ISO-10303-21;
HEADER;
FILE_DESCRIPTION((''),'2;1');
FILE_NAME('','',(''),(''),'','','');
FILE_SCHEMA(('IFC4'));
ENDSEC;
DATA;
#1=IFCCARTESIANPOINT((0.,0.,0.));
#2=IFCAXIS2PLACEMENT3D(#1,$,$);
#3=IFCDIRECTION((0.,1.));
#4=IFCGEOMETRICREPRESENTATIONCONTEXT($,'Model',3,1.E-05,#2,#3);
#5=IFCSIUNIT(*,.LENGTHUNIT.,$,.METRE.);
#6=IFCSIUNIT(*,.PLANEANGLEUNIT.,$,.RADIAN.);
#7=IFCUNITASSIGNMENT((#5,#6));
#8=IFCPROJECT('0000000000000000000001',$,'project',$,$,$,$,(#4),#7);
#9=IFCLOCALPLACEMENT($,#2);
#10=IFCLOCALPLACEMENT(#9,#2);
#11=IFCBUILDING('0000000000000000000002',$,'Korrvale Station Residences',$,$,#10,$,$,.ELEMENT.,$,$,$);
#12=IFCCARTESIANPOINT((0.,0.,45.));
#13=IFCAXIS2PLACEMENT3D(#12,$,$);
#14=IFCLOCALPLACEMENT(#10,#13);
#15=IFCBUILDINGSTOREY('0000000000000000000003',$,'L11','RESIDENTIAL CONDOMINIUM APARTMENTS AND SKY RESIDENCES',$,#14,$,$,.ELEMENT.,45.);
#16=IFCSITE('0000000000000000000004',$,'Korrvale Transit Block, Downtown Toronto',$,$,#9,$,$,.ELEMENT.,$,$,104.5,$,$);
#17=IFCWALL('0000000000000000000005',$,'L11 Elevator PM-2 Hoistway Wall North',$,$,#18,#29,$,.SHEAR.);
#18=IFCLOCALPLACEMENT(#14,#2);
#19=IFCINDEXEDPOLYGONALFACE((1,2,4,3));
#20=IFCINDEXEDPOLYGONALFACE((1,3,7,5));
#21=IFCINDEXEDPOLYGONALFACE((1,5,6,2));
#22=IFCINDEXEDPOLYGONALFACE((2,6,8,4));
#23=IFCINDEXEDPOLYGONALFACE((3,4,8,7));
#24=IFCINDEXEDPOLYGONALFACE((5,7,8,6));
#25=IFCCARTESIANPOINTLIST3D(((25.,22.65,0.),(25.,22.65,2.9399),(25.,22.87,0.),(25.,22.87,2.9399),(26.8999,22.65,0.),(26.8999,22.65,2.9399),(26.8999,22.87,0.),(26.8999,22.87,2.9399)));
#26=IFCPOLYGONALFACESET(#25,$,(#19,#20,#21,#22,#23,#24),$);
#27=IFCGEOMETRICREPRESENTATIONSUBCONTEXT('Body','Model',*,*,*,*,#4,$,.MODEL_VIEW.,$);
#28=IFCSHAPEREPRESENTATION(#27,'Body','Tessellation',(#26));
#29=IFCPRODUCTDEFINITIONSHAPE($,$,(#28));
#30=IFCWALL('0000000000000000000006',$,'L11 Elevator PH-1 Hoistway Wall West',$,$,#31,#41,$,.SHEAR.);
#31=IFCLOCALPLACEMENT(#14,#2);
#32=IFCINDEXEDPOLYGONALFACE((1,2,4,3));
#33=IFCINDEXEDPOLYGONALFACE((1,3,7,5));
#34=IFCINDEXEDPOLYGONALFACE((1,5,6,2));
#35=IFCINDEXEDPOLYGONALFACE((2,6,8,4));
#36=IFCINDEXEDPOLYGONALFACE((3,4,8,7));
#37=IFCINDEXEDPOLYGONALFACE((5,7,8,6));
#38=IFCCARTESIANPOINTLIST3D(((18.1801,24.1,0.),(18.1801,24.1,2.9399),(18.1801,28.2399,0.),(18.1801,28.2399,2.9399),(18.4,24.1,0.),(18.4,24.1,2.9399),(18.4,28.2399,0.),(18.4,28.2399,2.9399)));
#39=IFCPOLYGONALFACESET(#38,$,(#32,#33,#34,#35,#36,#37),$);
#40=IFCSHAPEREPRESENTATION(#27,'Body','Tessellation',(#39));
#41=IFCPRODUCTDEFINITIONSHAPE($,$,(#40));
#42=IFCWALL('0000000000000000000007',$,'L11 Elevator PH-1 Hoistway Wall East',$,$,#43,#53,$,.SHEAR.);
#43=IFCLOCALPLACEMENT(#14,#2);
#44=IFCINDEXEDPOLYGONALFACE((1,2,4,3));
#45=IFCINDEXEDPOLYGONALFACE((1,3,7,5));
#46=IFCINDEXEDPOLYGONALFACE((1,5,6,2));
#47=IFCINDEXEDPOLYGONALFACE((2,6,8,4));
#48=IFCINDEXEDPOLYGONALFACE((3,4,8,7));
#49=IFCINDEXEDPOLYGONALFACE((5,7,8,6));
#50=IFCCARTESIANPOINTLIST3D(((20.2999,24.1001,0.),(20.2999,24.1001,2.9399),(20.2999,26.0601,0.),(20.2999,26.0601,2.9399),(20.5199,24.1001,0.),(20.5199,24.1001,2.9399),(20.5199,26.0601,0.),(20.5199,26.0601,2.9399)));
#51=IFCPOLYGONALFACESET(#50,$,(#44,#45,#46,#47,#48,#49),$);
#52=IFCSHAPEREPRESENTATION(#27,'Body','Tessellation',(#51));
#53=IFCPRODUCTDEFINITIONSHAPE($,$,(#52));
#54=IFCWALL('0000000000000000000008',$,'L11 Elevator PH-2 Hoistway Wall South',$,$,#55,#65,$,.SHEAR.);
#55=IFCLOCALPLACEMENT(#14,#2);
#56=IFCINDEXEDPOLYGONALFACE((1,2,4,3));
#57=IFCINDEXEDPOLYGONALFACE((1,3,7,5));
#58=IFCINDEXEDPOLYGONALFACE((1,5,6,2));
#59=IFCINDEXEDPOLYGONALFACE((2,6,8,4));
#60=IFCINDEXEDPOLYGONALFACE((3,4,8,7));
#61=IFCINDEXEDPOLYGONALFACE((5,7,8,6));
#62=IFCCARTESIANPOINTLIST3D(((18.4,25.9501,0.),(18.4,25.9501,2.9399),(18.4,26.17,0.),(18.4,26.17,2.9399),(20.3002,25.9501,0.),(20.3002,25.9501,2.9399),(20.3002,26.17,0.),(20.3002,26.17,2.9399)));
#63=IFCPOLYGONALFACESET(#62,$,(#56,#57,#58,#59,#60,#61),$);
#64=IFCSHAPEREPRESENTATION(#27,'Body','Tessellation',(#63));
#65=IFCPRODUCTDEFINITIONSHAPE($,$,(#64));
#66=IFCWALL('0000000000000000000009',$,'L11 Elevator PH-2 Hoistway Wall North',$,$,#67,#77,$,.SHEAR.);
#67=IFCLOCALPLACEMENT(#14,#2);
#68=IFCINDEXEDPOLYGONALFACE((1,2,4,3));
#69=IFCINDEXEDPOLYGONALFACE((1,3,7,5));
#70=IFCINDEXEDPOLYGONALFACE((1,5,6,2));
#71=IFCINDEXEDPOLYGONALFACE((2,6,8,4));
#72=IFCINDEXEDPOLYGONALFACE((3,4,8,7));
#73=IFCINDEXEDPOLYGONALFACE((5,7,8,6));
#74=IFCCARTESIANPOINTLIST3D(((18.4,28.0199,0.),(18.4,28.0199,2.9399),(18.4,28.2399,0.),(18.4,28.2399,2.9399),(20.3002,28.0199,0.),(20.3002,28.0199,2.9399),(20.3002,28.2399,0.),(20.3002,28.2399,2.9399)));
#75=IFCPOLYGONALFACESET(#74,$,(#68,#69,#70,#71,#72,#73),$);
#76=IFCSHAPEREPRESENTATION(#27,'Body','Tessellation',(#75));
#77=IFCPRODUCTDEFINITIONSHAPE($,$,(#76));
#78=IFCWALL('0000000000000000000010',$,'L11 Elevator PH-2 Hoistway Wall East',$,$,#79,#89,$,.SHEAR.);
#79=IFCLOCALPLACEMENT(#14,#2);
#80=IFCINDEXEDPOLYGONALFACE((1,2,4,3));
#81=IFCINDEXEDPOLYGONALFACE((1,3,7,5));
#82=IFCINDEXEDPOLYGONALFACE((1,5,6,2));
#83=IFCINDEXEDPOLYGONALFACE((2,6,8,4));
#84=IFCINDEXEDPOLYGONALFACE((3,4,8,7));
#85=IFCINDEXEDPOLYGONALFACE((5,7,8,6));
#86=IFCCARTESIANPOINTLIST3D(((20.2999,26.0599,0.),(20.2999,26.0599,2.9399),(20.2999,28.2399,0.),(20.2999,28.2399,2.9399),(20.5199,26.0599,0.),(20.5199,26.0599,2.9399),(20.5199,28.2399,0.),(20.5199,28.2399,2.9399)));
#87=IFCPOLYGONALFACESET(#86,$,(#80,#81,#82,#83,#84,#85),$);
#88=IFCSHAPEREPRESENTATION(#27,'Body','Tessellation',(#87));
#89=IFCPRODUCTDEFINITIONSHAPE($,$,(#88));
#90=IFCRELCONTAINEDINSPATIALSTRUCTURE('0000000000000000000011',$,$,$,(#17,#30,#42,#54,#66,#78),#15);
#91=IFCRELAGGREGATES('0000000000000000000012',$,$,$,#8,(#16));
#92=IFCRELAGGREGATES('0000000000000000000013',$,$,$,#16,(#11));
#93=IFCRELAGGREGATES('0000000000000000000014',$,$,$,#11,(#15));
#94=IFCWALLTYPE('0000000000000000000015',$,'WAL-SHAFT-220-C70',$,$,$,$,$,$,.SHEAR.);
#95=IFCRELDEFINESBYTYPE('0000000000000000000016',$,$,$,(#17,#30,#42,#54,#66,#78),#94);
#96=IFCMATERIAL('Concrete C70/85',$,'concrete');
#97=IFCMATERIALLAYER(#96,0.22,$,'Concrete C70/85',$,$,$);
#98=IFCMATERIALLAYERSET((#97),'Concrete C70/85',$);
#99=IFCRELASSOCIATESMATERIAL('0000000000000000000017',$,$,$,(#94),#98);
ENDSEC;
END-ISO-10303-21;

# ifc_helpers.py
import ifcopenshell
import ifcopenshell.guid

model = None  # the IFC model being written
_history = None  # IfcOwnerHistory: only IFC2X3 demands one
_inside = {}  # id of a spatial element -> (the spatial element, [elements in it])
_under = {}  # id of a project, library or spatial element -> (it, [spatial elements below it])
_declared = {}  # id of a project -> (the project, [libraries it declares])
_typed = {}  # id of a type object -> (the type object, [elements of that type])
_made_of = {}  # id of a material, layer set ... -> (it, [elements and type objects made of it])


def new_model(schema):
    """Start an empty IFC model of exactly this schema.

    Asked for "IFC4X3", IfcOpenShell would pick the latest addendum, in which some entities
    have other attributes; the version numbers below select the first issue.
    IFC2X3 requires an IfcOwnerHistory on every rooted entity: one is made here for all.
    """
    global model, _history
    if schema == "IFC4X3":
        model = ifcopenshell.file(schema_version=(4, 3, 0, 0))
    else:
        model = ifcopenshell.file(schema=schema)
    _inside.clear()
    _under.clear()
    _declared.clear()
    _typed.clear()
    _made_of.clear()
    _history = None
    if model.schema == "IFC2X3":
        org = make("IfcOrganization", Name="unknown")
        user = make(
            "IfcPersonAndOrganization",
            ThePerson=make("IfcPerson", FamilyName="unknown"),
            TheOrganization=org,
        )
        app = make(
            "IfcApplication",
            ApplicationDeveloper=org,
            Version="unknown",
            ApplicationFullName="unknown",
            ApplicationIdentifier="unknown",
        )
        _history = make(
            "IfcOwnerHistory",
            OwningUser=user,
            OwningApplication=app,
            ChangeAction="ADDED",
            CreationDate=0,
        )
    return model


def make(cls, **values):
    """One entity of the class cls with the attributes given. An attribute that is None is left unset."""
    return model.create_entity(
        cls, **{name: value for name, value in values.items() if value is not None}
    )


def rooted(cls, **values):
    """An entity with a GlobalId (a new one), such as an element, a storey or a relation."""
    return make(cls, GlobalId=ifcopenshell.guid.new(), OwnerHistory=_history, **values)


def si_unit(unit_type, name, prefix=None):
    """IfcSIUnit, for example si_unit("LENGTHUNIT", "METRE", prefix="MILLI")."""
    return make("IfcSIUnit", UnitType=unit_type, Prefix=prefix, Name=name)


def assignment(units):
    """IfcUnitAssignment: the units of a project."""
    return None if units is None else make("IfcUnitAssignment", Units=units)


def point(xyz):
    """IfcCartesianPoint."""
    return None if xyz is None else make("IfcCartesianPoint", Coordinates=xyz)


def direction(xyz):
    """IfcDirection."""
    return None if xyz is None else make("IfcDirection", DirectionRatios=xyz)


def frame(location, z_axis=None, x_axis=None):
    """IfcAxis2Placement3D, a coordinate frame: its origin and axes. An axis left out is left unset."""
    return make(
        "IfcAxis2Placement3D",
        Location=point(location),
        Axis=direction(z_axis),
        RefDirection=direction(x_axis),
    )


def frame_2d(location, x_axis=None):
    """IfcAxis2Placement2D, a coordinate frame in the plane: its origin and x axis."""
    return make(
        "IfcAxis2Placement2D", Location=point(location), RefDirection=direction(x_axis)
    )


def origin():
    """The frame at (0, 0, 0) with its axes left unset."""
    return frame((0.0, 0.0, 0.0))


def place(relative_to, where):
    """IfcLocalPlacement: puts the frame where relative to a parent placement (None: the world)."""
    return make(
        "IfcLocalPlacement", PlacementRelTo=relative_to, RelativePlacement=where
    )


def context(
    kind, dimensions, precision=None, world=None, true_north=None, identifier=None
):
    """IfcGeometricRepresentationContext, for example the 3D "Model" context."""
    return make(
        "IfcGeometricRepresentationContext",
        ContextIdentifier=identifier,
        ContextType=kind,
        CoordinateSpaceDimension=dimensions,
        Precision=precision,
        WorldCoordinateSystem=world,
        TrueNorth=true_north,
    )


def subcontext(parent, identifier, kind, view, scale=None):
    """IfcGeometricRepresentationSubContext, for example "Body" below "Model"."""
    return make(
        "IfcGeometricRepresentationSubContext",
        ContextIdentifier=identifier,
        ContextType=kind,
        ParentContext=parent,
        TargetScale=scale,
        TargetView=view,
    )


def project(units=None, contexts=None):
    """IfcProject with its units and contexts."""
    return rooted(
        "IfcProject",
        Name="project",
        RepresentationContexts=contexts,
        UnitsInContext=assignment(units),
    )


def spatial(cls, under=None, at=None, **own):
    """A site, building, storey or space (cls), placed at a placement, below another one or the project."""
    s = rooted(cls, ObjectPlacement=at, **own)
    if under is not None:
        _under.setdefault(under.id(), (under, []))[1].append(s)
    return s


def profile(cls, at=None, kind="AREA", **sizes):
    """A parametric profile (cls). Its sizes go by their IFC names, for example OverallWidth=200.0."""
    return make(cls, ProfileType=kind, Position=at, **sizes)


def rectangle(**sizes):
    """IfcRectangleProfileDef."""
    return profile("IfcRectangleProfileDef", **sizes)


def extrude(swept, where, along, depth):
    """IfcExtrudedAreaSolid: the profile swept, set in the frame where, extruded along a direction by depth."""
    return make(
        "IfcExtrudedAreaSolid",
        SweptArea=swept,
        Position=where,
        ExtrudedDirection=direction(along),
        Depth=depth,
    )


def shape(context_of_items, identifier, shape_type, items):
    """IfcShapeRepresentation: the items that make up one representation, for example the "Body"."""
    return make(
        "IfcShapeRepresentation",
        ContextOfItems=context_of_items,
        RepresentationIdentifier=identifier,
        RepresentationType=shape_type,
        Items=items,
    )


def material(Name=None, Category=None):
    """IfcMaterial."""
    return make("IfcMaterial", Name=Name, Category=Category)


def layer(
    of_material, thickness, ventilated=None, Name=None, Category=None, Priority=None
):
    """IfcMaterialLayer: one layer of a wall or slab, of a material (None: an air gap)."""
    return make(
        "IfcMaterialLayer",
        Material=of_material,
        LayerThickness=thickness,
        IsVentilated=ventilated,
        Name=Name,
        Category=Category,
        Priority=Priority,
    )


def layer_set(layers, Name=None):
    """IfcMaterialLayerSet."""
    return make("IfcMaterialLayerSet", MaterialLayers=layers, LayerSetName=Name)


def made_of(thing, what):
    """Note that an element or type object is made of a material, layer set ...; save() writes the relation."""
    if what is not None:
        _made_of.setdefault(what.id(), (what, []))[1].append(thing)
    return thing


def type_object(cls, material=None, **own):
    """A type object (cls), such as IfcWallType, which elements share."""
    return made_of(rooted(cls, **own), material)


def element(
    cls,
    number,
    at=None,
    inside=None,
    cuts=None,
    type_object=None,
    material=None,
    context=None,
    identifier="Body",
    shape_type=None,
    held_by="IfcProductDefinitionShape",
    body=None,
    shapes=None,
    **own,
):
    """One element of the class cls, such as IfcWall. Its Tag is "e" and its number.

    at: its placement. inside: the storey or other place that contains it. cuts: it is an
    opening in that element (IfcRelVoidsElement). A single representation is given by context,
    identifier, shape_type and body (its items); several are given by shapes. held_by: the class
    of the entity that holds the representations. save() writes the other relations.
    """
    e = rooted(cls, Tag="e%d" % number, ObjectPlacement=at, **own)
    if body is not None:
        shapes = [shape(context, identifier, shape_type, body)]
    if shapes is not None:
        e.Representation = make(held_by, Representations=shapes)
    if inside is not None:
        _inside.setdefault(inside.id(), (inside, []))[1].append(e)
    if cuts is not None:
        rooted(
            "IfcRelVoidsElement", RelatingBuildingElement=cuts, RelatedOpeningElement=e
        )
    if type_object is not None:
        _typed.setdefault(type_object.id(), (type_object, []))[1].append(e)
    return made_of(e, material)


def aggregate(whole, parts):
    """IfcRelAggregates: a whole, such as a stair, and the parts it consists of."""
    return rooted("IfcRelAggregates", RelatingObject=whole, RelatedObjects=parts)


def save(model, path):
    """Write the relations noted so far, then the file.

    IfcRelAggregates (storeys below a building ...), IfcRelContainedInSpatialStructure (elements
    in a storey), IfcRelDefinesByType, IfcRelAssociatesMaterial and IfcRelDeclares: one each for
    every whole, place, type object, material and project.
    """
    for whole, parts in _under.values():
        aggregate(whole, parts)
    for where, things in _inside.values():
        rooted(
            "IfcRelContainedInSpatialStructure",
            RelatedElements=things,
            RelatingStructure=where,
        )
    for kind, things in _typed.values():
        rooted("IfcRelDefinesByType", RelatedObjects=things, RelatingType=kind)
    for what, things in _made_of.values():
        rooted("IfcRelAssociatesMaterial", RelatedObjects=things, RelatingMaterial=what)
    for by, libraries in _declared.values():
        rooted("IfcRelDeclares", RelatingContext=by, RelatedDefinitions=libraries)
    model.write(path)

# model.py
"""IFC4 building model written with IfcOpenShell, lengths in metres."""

from ifc_helpers import new_model, si_unit, direction, frame, frame_2d, origin, place, context, subcontext, project, spatial, rectangle, extrude, material, layer, layer_set, type_object, element, save


model = new_model("IFC4")

# Units and contexts
model_context = context("Model", 3, precision=1e-05, world=origin(), true_north=direction((0.0, 1.0)))
body_context = subcontext(model_context, "Body", "Model", "MODEL_VIEW")
ifc_project = project(units=[si_unit("LENGTHUNIT", "METRE"), si_unit("PLANEANGLEUNIT", "RADIAN")], contexts=[model_context])

# Site, building, storey
site_placement = place(None, origin())
site = spatial("IfcSite", under=ifc_project, at=site_placement, Name="Korrvale Transit Block, Downtown Toronto", CompositionType="ELEMENT", RefElevation=104.5)
building_placement = place(site_placement, origin())
building = spatial("IfcBuilding", under=site, at=building_placement, Name="Korrvale Station Residences", CompositionType="ELEMENT")
storey_placement = place(building_placement, frame((0.0, 0.0, 45.0)))
storey = spatial("IfcBuildingStorey", under=building, at=storey_placement, Name="L11", Description="RESIDENTIAL CONDOMINIUM APARTMENTS AND SKY RESIDENCES", CompositionType="ELEMENT", Elevation=45.0)

# Shared definitions
ifc_material_1 = material(Name="Concrete C70/85", Category="concrete")

# Shared definitions
ifc_layer_1 = layer(ifc_material_1, 0.22, Name="Concrete C70/85")
ifc_layer_set_1 = layer_set([ifc_layer_1], Name="Concrete C70/85")
wall_type_1 = type_object("IfcWallType", Name="WAL-SHAFT-220-C70", PredefinedType="SHEAR", material=ifc_layer_set_1)

# Walls
for number, where, z_axis, x_axis, name in (
    (1, (25.0, 22.76, 0.0), (0.0, 0.0, 1.0), (1.0, 0.0, 0.0), "L11 Elevator PM-2 Hoistway Wall North"),
):
    element("IfcWall", number, at=place(storey_placement, frame(where, z_axis=z_axis, x_axis=x_axis)), inside=storey, type_object=wall_type_1, Name=name, PredefinedType="SHEAR", context=body_context, shape_type="SweptSolid", body=[
        extrude(rectangle(XDim=1.8999, YDim=0.22, at=frame_2d((0.95, 0.0))), origin(), (0.0, 0.0, 1.0), 2.9399),
    ])
wall_1_placement = place(storey_placement, frame((18.29, 24.1001, 0.0), z_axis=(0.0, 0.0, 1.0), x_axis=(0.0, 1.0, 0.0)))
element("IfcWall", 2, at=wall_1_placement, inside=storey, type_object=wall_type_1, Name="L11 Elevator PH-1 Hoistway Wall West", PredefinedType="SHEAR", context=body_context, shape_type="SweptSolid", body=[
    extrude(rectangle(XDim=4.1399, YDim=0.22, at=frame_2d((2.0698, 0.0))), origin(), (0.0, 0.0, 1.0), 2.9399),
])
wall_2_placement = place(storey_placement, frame((20.4099, 24.1001, 0.0), z_axis=(0.0, 0.0, 1.0), x_axis=(0.0, 1.0, 0.0)))
element("IfcWall", 3, at=wall_2_placement, inside=storey, type_object=wall_type_1, Name="L11 Elevator PH-1 Hoistway Wall East", PredefinedType="SHEAR", context=body_context, shape_type="SweptSolid", body=[
    extrude(rectangle(XDim=1.96, YDim=0.22, at=frame_2d((0.98, 0.0))), origin(), (0.0, 0.0, 1.0), 2.9399),
])
for number, where, z_axis, x_axis, name in (
    (4, (18.3999, 26.0601, 0.0), (0.0, 0.0, 1.0), (1.0, 0.0, 0.0), "L11 Elevator PH-2 Hoistway Wall South"),
    (5, (18.3999, 28.1299, 0.0), (0.0, 0.0, 1.0), (1.0, 0.0, 0.0), "L11 Elevator PH-2 Hoistway Wall North"),
):
    element("IfcWall", number, at=place(storey_placement, frame(where, z_axis=z_axis, x_axis=x_axis)), inside=storey, type_object=wall_type_1, Name=name, PredefinedType="SHEAR", context=body_context, shape_type="SweptSolid", body=[
        extrude(rectangle(XDim=1.9001, YDim=0.22, at=frame_2d((0.9502, 0.0))), origin(), (0.0, 0.0, 1.0), 2.9399),
    ])
wall_3_placement = place(storey_placement, frame((20.4099, 26.0601, 0.0), z_axis=(0.0, 0.0, 1.0), x_axis=(0.0, 1.0, 0.0)))
element("IfcWall", 6, at=wall_3_placement, inside=storey, type_object=wall_type_1, Name="L11 Elevator PH-2 Hoistway Wall East", PredefinedType="SHEAR", context=body_context, shape_type="SweptSolid", body=[
    extrude(rectangle(XDim=2.1799, YDim=0.22, at=frame_2d((1.0898, 0.0))), origin(), (0.0, 0.0, 1.0), 2.9399),
])

save(model, "model.ifc")
